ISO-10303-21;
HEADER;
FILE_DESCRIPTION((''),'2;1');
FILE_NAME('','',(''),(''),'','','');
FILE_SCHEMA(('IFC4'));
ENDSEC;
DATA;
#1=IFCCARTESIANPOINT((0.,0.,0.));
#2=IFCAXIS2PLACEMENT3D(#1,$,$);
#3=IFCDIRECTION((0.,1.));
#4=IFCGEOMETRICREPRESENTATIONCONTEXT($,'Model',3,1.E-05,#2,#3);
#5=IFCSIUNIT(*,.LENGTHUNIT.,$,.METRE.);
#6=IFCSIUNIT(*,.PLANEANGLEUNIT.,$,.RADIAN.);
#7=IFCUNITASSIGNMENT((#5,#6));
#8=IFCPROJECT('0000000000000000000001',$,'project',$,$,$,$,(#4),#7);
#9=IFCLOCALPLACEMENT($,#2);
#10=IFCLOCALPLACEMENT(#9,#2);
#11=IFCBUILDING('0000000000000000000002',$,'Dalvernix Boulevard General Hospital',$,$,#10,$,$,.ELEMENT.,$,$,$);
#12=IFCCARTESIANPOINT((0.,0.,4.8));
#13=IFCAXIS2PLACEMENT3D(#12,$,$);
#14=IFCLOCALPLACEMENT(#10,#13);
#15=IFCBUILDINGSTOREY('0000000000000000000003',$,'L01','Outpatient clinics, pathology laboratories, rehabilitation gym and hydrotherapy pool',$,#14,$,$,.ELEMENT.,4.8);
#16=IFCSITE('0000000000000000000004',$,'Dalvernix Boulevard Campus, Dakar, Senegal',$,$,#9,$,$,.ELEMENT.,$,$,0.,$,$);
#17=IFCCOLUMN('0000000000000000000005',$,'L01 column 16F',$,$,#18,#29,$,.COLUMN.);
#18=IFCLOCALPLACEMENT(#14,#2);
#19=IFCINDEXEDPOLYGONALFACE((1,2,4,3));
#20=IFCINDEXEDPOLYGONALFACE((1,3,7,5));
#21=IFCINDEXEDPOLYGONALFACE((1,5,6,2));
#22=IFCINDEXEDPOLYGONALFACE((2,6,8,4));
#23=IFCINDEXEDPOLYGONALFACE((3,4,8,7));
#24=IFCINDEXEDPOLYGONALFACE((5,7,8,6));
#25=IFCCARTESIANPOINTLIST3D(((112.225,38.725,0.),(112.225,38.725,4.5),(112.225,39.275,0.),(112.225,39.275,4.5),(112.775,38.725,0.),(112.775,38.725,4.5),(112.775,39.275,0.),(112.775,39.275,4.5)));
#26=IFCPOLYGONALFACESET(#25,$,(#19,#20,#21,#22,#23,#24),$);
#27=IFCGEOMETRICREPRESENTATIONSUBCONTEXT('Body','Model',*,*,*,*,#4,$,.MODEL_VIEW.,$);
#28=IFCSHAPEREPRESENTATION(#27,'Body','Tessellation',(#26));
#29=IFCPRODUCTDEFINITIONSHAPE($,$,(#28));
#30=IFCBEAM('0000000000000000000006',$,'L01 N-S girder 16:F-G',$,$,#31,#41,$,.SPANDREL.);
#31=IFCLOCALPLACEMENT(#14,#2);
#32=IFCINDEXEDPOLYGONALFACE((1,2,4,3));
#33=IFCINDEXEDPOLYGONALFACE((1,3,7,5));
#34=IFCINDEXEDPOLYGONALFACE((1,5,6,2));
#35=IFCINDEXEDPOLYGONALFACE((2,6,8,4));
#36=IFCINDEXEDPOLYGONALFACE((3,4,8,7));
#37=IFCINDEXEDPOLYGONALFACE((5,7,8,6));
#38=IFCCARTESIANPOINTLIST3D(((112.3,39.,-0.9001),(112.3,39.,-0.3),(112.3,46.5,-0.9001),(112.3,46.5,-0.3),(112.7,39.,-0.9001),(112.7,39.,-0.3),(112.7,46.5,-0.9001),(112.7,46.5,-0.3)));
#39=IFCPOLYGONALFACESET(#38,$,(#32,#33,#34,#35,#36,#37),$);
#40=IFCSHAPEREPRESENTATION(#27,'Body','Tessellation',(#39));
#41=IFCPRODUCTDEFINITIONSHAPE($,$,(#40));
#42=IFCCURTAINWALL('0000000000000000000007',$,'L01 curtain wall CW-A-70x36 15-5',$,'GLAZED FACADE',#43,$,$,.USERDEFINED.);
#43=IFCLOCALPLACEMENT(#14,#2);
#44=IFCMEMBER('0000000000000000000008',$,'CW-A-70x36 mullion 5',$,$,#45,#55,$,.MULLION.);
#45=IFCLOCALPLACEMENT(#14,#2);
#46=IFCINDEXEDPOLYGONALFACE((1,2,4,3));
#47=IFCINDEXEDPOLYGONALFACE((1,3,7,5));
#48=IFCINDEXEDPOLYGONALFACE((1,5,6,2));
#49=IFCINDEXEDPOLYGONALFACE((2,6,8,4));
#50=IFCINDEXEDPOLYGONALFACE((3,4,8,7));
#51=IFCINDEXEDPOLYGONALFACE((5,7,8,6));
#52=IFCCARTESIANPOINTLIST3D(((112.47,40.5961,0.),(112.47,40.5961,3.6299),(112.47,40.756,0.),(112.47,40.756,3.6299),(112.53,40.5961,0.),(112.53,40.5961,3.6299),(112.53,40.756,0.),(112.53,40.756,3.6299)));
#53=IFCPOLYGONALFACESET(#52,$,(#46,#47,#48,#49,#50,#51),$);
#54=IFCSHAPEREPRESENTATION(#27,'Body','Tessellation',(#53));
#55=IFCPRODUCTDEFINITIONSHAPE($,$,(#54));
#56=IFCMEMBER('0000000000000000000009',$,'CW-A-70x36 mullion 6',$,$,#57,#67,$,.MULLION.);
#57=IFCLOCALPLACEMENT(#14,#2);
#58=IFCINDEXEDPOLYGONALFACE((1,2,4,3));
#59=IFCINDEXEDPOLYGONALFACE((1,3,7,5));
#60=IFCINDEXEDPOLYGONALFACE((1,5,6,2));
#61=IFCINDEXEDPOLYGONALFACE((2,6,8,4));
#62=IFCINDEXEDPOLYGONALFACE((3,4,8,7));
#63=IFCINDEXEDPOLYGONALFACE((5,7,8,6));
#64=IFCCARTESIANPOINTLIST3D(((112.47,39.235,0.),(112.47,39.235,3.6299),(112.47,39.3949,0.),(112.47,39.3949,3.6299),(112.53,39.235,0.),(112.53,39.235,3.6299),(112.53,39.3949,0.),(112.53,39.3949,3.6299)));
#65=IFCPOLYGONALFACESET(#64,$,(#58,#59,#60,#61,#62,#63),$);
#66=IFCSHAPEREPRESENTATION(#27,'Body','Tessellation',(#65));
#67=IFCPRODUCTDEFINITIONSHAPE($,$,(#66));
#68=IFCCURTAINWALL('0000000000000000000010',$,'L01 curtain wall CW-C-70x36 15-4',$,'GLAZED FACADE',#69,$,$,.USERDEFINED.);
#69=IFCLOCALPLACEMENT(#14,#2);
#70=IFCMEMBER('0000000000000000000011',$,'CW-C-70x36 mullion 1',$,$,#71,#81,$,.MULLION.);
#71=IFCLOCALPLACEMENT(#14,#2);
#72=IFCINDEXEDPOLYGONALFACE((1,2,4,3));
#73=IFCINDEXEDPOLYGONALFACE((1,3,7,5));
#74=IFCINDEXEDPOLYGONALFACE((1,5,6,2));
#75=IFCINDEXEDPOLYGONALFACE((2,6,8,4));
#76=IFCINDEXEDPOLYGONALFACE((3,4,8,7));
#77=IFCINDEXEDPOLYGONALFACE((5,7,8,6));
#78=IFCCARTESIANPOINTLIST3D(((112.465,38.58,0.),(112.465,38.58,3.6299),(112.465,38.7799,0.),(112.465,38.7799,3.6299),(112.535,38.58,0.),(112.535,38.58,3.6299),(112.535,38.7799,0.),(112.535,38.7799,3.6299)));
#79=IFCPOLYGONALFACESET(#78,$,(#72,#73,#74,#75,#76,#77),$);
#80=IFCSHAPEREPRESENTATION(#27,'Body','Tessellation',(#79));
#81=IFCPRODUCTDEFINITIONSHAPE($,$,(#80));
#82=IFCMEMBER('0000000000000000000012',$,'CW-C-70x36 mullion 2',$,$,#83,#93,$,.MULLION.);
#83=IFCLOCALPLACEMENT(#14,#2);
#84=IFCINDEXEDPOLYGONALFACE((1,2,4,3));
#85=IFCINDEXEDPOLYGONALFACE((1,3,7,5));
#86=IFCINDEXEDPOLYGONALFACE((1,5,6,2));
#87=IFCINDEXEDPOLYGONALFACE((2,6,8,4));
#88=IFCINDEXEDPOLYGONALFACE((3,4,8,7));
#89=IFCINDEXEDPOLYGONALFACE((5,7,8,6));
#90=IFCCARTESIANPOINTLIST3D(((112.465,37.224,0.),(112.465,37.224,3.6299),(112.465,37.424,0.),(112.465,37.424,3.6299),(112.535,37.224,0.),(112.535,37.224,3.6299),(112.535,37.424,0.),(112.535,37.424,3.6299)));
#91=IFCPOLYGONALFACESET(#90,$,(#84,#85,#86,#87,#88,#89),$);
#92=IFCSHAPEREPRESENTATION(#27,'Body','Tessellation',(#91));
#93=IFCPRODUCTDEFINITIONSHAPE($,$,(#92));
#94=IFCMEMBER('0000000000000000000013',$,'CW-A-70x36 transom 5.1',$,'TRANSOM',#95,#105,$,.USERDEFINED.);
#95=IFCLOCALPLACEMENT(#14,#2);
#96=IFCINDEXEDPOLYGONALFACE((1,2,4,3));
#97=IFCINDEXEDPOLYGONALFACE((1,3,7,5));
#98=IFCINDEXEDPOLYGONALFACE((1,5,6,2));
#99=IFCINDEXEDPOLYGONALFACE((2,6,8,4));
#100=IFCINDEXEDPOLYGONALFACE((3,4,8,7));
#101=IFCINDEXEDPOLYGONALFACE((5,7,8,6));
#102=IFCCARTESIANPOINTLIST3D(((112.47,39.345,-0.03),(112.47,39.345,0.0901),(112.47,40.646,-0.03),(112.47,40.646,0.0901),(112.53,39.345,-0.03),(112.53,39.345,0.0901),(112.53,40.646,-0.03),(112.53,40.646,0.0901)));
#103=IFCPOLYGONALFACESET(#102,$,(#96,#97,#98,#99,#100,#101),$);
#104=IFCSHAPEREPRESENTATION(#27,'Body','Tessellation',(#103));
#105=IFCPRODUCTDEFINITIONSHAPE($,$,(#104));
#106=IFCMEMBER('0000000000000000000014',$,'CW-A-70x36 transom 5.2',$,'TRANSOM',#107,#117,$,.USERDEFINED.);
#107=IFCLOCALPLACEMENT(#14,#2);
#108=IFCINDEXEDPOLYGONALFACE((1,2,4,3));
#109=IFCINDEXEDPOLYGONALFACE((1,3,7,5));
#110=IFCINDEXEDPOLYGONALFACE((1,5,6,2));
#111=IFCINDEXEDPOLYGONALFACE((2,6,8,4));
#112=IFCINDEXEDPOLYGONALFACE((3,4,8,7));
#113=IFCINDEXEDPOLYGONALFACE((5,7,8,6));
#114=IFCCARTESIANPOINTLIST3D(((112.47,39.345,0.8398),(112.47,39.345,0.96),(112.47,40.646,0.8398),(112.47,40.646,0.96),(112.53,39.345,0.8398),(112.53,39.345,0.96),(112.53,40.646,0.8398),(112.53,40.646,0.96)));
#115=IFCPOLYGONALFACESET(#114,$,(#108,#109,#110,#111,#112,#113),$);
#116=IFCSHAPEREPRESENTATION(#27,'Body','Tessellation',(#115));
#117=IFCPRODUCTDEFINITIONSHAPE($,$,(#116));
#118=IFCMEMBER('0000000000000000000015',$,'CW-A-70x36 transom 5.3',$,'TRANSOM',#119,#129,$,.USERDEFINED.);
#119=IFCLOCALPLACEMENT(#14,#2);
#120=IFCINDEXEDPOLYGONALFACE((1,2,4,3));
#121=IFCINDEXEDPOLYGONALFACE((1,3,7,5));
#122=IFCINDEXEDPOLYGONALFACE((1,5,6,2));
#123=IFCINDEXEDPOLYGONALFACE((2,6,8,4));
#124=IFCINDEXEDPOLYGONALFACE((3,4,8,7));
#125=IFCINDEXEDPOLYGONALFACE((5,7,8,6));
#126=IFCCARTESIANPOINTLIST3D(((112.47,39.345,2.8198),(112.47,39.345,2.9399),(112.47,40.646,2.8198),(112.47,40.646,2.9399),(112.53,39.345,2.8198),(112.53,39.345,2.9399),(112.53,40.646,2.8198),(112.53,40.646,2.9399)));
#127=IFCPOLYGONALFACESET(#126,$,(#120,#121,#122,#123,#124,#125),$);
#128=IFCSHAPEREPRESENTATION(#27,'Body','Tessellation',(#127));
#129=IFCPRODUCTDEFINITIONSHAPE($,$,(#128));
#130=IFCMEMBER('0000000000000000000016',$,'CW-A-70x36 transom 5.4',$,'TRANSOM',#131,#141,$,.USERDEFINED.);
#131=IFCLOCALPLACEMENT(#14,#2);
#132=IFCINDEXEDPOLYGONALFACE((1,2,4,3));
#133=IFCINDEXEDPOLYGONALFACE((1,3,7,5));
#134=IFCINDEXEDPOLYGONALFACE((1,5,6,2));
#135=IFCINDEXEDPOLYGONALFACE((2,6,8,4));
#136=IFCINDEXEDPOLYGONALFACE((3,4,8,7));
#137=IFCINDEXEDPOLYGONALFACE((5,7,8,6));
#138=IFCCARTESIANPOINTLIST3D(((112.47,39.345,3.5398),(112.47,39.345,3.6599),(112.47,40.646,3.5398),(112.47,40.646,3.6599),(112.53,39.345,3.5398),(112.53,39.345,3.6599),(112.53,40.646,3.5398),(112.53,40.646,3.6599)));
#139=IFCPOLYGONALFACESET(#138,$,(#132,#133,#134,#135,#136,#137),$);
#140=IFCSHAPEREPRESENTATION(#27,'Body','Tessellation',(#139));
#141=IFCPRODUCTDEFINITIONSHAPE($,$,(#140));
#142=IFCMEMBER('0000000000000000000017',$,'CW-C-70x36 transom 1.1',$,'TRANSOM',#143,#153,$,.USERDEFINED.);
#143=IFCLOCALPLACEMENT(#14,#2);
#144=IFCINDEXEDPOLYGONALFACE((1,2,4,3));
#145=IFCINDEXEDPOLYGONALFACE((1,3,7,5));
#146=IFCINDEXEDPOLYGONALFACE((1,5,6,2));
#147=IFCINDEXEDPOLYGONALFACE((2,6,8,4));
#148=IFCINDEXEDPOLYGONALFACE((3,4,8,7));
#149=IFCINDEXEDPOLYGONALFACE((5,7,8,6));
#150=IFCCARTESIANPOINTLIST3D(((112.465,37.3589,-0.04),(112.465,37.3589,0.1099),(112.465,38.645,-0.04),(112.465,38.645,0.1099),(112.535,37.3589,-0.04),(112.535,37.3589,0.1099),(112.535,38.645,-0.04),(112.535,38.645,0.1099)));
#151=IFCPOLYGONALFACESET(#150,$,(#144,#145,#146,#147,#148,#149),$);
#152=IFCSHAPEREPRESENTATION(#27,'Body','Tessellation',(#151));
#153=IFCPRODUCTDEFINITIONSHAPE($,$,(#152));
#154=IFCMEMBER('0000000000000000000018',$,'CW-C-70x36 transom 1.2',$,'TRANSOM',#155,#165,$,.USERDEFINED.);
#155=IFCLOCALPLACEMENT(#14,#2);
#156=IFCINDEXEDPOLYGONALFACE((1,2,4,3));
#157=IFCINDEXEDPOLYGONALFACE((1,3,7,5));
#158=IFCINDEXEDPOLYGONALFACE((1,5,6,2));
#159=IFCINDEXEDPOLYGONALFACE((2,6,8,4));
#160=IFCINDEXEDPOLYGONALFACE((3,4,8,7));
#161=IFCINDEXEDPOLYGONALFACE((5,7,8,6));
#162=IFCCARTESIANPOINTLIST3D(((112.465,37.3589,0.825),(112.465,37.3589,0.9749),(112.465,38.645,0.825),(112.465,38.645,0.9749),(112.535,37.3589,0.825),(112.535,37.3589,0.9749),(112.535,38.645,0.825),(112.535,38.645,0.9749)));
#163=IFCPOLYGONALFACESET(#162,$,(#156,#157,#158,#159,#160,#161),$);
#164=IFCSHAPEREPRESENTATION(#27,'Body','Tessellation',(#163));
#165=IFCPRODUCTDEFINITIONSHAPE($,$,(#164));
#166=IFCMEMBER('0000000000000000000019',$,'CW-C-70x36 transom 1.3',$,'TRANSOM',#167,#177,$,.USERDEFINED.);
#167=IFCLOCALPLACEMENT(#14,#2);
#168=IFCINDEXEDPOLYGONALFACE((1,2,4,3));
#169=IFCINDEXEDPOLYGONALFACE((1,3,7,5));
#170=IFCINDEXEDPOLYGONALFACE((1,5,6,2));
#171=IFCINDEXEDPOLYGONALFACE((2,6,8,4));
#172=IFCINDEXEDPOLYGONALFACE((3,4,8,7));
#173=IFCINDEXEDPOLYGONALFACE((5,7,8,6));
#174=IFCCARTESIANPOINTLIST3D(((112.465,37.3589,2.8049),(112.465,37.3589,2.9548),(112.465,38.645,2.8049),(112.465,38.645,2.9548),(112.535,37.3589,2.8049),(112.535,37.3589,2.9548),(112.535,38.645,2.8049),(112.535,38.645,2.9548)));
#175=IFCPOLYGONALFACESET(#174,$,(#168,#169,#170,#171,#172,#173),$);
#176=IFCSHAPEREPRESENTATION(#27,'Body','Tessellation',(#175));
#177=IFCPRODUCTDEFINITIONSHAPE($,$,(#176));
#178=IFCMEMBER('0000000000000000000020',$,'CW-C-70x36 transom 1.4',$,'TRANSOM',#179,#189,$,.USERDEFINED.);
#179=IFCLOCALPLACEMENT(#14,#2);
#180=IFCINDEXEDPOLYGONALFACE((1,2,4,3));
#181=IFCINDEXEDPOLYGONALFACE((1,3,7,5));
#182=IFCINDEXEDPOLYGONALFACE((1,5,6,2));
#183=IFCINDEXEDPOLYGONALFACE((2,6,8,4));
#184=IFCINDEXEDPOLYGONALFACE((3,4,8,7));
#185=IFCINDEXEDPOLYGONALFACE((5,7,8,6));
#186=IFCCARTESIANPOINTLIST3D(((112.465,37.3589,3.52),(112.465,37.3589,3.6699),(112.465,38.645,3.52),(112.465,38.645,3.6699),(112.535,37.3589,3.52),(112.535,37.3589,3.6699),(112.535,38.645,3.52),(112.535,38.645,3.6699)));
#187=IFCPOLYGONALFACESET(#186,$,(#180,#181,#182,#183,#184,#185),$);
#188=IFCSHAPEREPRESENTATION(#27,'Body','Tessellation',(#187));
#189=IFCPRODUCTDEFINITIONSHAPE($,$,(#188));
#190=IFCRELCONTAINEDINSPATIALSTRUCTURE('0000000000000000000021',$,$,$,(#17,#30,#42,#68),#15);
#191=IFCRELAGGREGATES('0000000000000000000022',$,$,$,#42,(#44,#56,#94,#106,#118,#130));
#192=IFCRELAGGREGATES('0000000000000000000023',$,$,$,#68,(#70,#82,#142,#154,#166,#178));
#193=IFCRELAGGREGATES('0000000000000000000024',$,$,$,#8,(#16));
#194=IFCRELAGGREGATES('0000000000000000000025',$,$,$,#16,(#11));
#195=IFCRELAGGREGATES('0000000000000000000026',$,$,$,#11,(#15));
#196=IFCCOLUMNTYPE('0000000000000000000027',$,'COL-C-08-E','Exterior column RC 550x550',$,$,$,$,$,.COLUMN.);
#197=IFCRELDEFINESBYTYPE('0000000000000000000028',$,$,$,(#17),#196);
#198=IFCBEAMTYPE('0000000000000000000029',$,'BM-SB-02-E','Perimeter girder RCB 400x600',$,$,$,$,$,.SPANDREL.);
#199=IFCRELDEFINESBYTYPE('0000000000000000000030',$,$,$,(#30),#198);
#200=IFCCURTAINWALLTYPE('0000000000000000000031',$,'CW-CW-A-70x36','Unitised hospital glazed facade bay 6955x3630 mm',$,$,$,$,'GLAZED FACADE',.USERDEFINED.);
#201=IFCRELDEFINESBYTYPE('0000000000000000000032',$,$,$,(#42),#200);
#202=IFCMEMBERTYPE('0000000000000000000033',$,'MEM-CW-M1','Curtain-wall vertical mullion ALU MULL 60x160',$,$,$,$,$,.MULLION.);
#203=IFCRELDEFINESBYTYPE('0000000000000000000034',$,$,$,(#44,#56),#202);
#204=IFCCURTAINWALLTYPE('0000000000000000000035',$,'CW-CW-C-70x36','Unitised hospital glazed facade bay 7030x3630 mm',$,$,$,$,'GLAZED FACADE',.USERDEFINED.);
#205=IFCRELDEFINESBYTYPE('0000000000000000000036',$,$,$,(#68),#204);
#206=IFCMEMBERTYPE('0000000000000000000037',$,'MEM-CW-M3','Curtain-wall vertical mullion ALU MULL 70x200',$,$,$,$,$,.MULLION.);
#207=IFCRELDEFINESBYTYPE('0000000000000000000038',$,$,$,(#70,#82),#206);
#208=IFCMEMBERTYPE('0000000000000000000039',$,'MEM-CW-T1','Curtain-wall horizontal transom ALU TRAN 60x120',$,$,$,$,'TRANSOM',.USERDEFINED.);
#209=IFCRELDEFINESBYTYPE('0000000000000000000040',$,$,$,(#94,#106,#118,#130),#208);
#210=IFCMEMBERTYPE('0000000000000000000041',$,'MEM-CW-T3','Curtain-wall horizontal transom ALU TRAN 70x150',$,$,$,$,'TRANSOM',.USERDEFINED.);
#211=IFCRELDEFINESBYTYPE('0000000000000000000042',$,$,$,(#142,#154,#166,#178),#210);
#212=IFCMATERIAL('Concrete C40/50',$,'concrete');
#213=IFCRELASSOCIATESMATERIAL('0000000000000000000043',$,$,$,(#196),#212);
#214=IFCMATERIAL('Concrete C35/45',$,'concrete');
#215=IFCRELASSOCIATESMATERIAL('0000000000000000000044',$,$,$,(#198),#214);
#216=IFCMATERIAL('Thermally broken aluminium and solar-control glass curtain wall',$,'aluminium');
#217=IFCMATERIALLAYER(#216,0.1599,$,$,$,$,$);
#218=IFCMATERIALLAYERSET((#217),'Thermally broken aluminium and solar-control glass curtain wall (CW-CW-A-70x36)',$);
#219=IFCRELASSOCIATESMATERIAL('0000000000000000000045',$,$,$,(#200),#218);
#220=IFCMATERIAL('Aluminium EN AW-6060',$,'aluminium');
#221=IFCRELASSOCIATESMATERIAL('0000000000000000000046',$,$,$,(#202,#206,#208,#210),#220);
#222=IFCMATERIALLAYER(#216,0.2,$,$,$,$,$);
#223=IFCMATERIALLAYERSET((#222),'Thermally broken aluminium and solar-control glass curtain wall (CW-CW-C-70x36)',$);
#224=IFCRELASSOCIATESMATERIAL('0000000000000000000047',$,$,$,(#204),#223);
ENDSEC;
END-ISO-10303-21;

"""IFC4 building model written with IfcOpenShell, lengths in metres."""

from ifc_helpers import new_model, si_unit, direction, frame, origin, origin_2d, place, context, subcontext, project, spatial, rectangle, extrude, material, layer, layer_set, material_profile, profile_set, type_object, element, aggregate, save


model = new_model("IFC4")

# Units and contexts
model_context = context("Model", 3, precision=1e-05, world=origin(), true_north=direction((0.0, 1.0)))
body_context = subcontext(model_context, "Body", "Model", "MODEL_VIEW")
ifc_project = project(units=[si_unit("LENGTHUNIT", "METRE"), si_unit("PLANEANGLEUNIT", "RADIAN")], contexts=[model_context])

# Site, building, storey
site_placement = place(None, origin())
site = spatial("IfcSite", under=ifc_project, at=site_placement, Name="Dalvernix Boulevard Campus, Dakar, Senegal", CompositionType="ELEMENT", RefElevation=0.0)
building_placement = place(site_placement, origin())
building = spatial("IfcBuilding", under=site, at=building_placement, Name="Dalvernix Boulevard General Hospital", CompositionType="ELEMENT")
storey_placement = place(building_placement, frame((0.0, 0.0, 4.8)))
storey = spatial("IfcBuildingStorey", under=building, at=storey_placement, Name="L01", Description="Outpatient clinics, pathology laboratories, rehabilitation gym and hydrotherapy pool", CompositionType="ELEMENT", Elevation=4.8)

# Column
ifc_material_1 = material(Name="Concrete C40/50", Category="concrete")
ifc_material_profile_1 = material_profile(ifc_material_1, rectangle(XDim=0.55, YDim=0.55, at=origin_2d()), Name="RC 550x550")
ifc_profile_set_1 = profile_set([ifc_material_profile_1], Name="Concrete C40/50")
column_type = type_object("IfcColumnType", Name="COL-C-08-E", Description="Exterior column RC 550x550", PredefinedType="COLUMN", material=ifc_profile_set_1)
column_placement = place(storey_placement, frame((112.5, 39.0, 0.0), z_axis=(0.0, 0.0, 1.0), x_axis=(1.0, 0.0, 0.0)))
element("IfcColumn", 1, at=column_placement, inside=storey, type_object=column_type, Name="L01 column 16F", PredefinedType="COLUMN", context=body_context, shape_type="SweptSolid", body=[
    extrude(rectangle(XDim=0.55, YDim=0.55, at=origin_2d()), origin(), (0.0, 0.0, 1.0), 4.5),
])

# Beam
ifc_material_2 = material(Name="Concrete C35/45", Category="concrete")
ifc_material_profile_2 = material_profile(ifc_material_2, rectangle(XDim=0.3999, YDim=0.6001, at=origin_2d()), Name="RCB 400x600")
ifc_profile_set_2 = profile_set([ifc_material_profile_2], Name="Concrete C35/45")
beam_type = type_object("IfcBeamType", Name="BM-SB-02-E", Description="Perimeter girder RCB 400x600", PredefinedType="SPANDREL", material=ifc_profile_set_2)
beam_placement = place(storey_placement, frame((112.5, 39.0, -0.6001), z_axis=(0.0, 1.0, 0.0), x_axis=(-1.0, 0.0, 0.0)))
element("IfcBeam", 2, at=beam_placement, inside=storey, type_object=beam_type, Name="L01 N-S girder 16:F-G", PredefinedType="SPANDREL", context=body_context, shape_type="SweptSolid", body=[
    extrude(rectangle(XDim=0.3999, YDim=0.6001, at=origin_2d()), origin(), (0.0, 0.0, 1.0), 7.5),
])

# Curtain walls, members
ifc_material_3 = material(Name="Thermally broken aluminium and solar-control glass curtain wall", Category="aluminium")
ifc_layer_1 = layer(ifc_material_3, 0.1599)
ifc_layer_set_1 = layer_set([ifc_layer_1], Name="Thermally broken aluminium and solar-control glass curtain wall (CW-CW-A-70x36)")
curtain_wall_type_1 = type_object("IfcCurtainWallType", Name="CW-CW-A-70x36", Description="Unitised hospital glazed facade bay 6955x3630 mm", ElementType="GLAZED FACADE", PredefinedType="USERDEFINED", material=ifc_layer_set_1)
curtain_wall_1_placement = place(storey_placement, origin())
curtain_wall_1 = element("IfcCurtainWall", 3, at=curtain_wall_1_placement, inside=storey, type_object=curtain_wall_type_1, Name="L01 curtain wall CW-A-70x36 15-5", ObjectType="GLAZED FACADE", PredefinedType="USERDEFINED")
ifc_material_4 = material(Name="Aluminium EN AW-6060", Category="aluminium")
ifc_material_profile_3 = material_profile(ifc_material_4, rectangle(XDim=0.0601, YDim=0.1599, at=origin_2d()), Name="ALU MULL 60x160")
ifc_profile_set_3 = profile_set([ifc_material_profile_3], Name="Aluminium EN AW-6060")
member_type_1 = type_object("IfcMemberType", Name="MEM-CW-M1", Description="Curtain-wall vertical mullion ALU MULL 60x160", PredefinedType="MULLION", material=ifc_profile_set_3)
member_1_placement = place(storey_placement, frame((112.5, 40.676, 0.0), z_axis=(0.0, 0.0, 1.0), x_axis=(1.0, 0.0, 0.0)))
member_1 = element("IfcMember", 4, at=member_1_placement, type_object=member_type_1, Name="CW-A-70x36 mullion 5", PredefinedType="MULLION", context=body_context, shape_type="SweptSolid", body=[
    extrude(rectangle(XDim=0.0601, YDim=0.1599, at=origin_2d()), origin(), (0.0, 0.0, 1.0), 3.6299),
])
member_2_placement = place(storey_placement, frame((112.5, 39.3149, 0.0), z_axis=(0.0, 0.0, 1.0), x_axis=(1.0, 0.0, 0.0)))
member_2 = element("IfcMember", 5, at=member_2_placement, type_object=member_type_1, Name="CW-A-70x36 mullion 6", PredefinedType="MULLION", context=body_context, shape_type="SweptSolid", body=[
    extrude(rectangle(XDim=0.0601, YDim=0.1599, at=origin_2d()), origin(), (0.0, 0.0, 1.0), 3.6299),
])
ifc_layer_2 = layer(ifc_material_3, 0.2)
ifc_layer_set_2 = layer_set([ifc_layer_2], Name="Thermally broken aluminium and solar-control glass curtain wall (CW-CW-C-70x36)")
curtain_wall_type_2 = type_object("IfcCurtainWallType", Name="CW-CW-C-70x36", Description="Unitised hospital glazed facade bay 7030x3630 mm", ElementType="GLAZED FACADE", PredefinedType="USERDEFINED", material=ifc_layer_set_2)
curtain_wall_2_placement = place(storey_placement, origin())
curtain_wall_2 = element("IfcCurtainWall", 6, at=curtain_wall_2_placement, inside=storey, type_object=curtain_wall_type_2, Name="L01 curtain wall CW-C-70x36 15-4", ObjectType="GLAZED FACADE", PredefinedType="USERDEFINED")
ifc_material_profile_4 = material_profile(ifc_material_4, rectangle(XDim=0.0701, YDim=0.2, at=origin_2d()), Name="ALU MULL 70x200")
ifc_profile_set_4 = profile_set([ifc_material_profile_4], Name="Aluminium EN AW-6060")
member_type_2 = type_object("IfcMemberType", Name="MEM-CW-M3", Description="Curtain-wall vertical mullion ALU MULL 70x200", PredefinedType="MULLION", material=ifc_profile_set_4)
member_3_placement = place(storey_placement, frame((112.5, 38.6799, 0.0), z_axis=(0.0, 0.0, 1.0), x_axis=(1.0, 0.0, 0.0)))
member_3 = element("IfcMember", 7, at=member_3_placement, type_object=member_type_2, Name="CW-C-70x36 mullion 1", PredefinedType="MULLION", context=body_context, shape_type="SweptSolid", body=[
    extrude(rectangle(XDim=0.0701, YDim=0.2, at=origin_2d()), origin(), (0.0, 0.0, 1.0), 3.6299),
])
member_4_placement = place(storey_placement, frame((112.5, 37.324, 0.0), z_axis=(0.0, 0.0, 1.0), x_axis=(1.0, 0.0, 0.0)))
member_4 = element("IfcMember", 8, at=member_4_placement, type_object=member_type_2, Name="CW-C-70x36 mullion 2", PredefinedType="MULLION", context=body_context, shape_type="SweptSolid", body=[
    extrude(rectangle(XDim=0.0701, YDim=0.2, at=origin_2d()), origin(), (0.0, 0.0, 1.0), 3.6299),
])

# Members
ifc_material_profile_5 = material_profile(ifc_material_4, rectangle(XDim=0.0601, YDim=0.1201, at=origin_2d()), Name="ALU TRAN 60x120")
ifc_profile_set_5 = profile_set([ifc_material_profile_5], Name="Aluminium EN AW-6060")
member_type_3 = type_object("IfcMemberType", Name="MEM-CW-T1", Description="Curtain-wall horizontal transom ALU TRAN 60x120", ElementType="TRANSOM", PredefinedType="USERDEFINED", material=ifc_profile_set_5)
member_5_placement = place(storey_placement, frame((112.5, 40.646, 0.03), z_axis=(0.0, -1.0, 0.0), x_axis=(1.0, 0.0, 0.0)))
member_5 = element("IfcMember", 9, at=member_5_placement, type_object=member_type_3, Name="CW-A-70x36 transom 5.1", ObjectType="TRANSOM", PredefinedType="USERDEFINED", context=body_context, shape_type="SweptSolid", body=[
    extrude(rectangle(XDim=0.0601, YDim=0.1201, at=origin_2d()), origin(), (0.0, 0.0, 1.0), 1.301),
])
member_6_placement = place(storey_placement, frame((112.5, 40.646, 0.8999), z_axis=(0.0, -1.0, 0.0), x_axis=(1.0, 0.0, 0.0)))
member_6 = element("IfcMember", 10, at=member_6_placement, type_object=member_type_3, Name="CW-A-70x36 transom 5.2", ObjectType="TRANSOM", PredefinedType="USERDEFINED", context=body_context, shape_type="SweptSolid", body=[
    extrude(rectangle(XDim=0.0601, YDim=0.1201, at=origin_2d()), origin(), (0.0, 0.0, 1.0), 1.301),
])
member_7_placement = place(storey_placement, frame((112.5, 40.646, 2.8799), z_axis=(0.0, -1.0, 0.0), x_axis=(1.0, 0.0, 0.0)))
member_7 = element("IfcMember", 11, at=member_7_placement, type_object=member_type_3, Name="CW-A-70x36 transom 5.3", ObjectType="TRANSOM", PredefinedType="USERDEFINED", context=body_context, shape_type="SweptSolid", body=[
    extrude(rectangle(XDim=0.0601, YDim=0.1201, at=origin_2d()), origin(), (0.0, 0.0, 1.0), 1.301),
])
member_8_placement = place(storey_placement, frame((112.5, 40.646, 3.5999), z_axis=(0.0, -1.0, 0.0), x_axis=(1.0, 0.0, 0.0)))
member_8 = element("IfcMember", 12, at=member_8_placement, type_object=member_type_3, Name="CW-A-70x36 transom 5.4", ObjectType="TRANSOM", PredefinedType="USERDEFINED", context=body_context, shape_type="SweptSolid", body=[
    extrude(rectangle(XDim=0.0601, YDim=0.1201, at=origin_2d()), origin(), (0.0, 0.0, 1.0), 1.301),
])
ifc_material_profile_6 = material_profile(ifc_material_4, rectangle(XDim=0.0701, YDim=0.1499, at=origin_2d()), Name="ALU TRAN 70x150")
ifc_profile_set_6 = profile_set([ifc_material_profile_6], Name="Aluminium EN AW-6060")
member_type_4 = type_object("IfcMemberType", Name="MEM-CW-T3", Description="Curtain-wall horizontal transom ALU TRAN 70x150", ElementType="TRANSOM", PredefinedType="USERDEFINED", material=ifc_profile_set_6)
member_9_placement = place(storey_placement, frame((112.5, 38.645, 0.0349), z_axis=(0.0, -1.0, 0.0), x_axis=(1.0, 0.0, 0.0)))
member_9 = element("IfcMember", 13, at=member_9_placement, type_object=member_type_4, Name="CW-C-70x36 transom 1.1", ObjectType="TRANSOM", PredefinedType="USERDEFINED", context=body_context, shape_type="SweptSolid", body=[
    extrude(rectangle(XDim=0.0701, YDim=0.1499, at=origin_2d()), origin(), (0.0, 0.0, 1.0), 1.2861),
])
member_10_placement = place(storey_placement, frame((112.5, 38.645, 0.8999), z_axis=(0.0, -1.0, 0.0), x_axis=(1.0, 0.0, 0.0)))
member_10 = element("IfcMember", 14, at=member_10_placement, type_object=member_type_4, Name="CW-C-70x36 transom 1.2", ObjectType="TRANSOM", PredefinedType="USERDEFINED", context=body_context, shape_type="SweptSolid", body=[
    extrude(rectangle(XDim=0.0701, YDim=0.1499, at=origin_2d()), origin(), (0.0, 0.0, 1.0), 1.2861),
])
member_11_placement = place(storey_placement, frame((112.5, 38.645, 2.8799), z_axis=(0.0, -1.0, 0.0), x_axis=(1.0, 0.0, 0.0)))
member_11 = element("IfcMember", 15, at=member_11_placement, type_object=member_type_4, Name="CW-C-70x36 transom 1.3", ObjectType="TRANSOM", PredefinedType="USERDEFINED", context=body_context, shape_type="SweptSolid", body=[
    extrude(rectangle(XDim=0.0701, YDim=0.1499, at=origin_2d()), origin(), (0.0, 0.0, 1.0), 1.2861),
])
member_12_placement = place(storey_placement, frame((112.5, 38.645, 3.595), z_axis=(0.0, -1.0, 0.0), x_axis=(1.0, 0.0, 0.0)))
member_12 = element("IfcMember", 16, at=member_12_placement, type_object=member_type_4, Name="CW-C-70x36 transom 1.4", ObjectType="TRANSOM", PredefinedType="USERDEFINED", context=body_context, shape_type="SweptSolid", body=[
    extrude(rectangle(XDim=0.0701, YDim=0.1499, at=origin_2d()), origin(), (0.0, 0.0, 1.0), 1.2861),
])

aggregate(curtain_wall_1, [member_1, member_2, member_5, member_6, member_7, member_8])
aggregate(curtain_wall_2, [member_3, member_4, member_9, member_10, member_11, member_12])

save(model, "model.ifc")
